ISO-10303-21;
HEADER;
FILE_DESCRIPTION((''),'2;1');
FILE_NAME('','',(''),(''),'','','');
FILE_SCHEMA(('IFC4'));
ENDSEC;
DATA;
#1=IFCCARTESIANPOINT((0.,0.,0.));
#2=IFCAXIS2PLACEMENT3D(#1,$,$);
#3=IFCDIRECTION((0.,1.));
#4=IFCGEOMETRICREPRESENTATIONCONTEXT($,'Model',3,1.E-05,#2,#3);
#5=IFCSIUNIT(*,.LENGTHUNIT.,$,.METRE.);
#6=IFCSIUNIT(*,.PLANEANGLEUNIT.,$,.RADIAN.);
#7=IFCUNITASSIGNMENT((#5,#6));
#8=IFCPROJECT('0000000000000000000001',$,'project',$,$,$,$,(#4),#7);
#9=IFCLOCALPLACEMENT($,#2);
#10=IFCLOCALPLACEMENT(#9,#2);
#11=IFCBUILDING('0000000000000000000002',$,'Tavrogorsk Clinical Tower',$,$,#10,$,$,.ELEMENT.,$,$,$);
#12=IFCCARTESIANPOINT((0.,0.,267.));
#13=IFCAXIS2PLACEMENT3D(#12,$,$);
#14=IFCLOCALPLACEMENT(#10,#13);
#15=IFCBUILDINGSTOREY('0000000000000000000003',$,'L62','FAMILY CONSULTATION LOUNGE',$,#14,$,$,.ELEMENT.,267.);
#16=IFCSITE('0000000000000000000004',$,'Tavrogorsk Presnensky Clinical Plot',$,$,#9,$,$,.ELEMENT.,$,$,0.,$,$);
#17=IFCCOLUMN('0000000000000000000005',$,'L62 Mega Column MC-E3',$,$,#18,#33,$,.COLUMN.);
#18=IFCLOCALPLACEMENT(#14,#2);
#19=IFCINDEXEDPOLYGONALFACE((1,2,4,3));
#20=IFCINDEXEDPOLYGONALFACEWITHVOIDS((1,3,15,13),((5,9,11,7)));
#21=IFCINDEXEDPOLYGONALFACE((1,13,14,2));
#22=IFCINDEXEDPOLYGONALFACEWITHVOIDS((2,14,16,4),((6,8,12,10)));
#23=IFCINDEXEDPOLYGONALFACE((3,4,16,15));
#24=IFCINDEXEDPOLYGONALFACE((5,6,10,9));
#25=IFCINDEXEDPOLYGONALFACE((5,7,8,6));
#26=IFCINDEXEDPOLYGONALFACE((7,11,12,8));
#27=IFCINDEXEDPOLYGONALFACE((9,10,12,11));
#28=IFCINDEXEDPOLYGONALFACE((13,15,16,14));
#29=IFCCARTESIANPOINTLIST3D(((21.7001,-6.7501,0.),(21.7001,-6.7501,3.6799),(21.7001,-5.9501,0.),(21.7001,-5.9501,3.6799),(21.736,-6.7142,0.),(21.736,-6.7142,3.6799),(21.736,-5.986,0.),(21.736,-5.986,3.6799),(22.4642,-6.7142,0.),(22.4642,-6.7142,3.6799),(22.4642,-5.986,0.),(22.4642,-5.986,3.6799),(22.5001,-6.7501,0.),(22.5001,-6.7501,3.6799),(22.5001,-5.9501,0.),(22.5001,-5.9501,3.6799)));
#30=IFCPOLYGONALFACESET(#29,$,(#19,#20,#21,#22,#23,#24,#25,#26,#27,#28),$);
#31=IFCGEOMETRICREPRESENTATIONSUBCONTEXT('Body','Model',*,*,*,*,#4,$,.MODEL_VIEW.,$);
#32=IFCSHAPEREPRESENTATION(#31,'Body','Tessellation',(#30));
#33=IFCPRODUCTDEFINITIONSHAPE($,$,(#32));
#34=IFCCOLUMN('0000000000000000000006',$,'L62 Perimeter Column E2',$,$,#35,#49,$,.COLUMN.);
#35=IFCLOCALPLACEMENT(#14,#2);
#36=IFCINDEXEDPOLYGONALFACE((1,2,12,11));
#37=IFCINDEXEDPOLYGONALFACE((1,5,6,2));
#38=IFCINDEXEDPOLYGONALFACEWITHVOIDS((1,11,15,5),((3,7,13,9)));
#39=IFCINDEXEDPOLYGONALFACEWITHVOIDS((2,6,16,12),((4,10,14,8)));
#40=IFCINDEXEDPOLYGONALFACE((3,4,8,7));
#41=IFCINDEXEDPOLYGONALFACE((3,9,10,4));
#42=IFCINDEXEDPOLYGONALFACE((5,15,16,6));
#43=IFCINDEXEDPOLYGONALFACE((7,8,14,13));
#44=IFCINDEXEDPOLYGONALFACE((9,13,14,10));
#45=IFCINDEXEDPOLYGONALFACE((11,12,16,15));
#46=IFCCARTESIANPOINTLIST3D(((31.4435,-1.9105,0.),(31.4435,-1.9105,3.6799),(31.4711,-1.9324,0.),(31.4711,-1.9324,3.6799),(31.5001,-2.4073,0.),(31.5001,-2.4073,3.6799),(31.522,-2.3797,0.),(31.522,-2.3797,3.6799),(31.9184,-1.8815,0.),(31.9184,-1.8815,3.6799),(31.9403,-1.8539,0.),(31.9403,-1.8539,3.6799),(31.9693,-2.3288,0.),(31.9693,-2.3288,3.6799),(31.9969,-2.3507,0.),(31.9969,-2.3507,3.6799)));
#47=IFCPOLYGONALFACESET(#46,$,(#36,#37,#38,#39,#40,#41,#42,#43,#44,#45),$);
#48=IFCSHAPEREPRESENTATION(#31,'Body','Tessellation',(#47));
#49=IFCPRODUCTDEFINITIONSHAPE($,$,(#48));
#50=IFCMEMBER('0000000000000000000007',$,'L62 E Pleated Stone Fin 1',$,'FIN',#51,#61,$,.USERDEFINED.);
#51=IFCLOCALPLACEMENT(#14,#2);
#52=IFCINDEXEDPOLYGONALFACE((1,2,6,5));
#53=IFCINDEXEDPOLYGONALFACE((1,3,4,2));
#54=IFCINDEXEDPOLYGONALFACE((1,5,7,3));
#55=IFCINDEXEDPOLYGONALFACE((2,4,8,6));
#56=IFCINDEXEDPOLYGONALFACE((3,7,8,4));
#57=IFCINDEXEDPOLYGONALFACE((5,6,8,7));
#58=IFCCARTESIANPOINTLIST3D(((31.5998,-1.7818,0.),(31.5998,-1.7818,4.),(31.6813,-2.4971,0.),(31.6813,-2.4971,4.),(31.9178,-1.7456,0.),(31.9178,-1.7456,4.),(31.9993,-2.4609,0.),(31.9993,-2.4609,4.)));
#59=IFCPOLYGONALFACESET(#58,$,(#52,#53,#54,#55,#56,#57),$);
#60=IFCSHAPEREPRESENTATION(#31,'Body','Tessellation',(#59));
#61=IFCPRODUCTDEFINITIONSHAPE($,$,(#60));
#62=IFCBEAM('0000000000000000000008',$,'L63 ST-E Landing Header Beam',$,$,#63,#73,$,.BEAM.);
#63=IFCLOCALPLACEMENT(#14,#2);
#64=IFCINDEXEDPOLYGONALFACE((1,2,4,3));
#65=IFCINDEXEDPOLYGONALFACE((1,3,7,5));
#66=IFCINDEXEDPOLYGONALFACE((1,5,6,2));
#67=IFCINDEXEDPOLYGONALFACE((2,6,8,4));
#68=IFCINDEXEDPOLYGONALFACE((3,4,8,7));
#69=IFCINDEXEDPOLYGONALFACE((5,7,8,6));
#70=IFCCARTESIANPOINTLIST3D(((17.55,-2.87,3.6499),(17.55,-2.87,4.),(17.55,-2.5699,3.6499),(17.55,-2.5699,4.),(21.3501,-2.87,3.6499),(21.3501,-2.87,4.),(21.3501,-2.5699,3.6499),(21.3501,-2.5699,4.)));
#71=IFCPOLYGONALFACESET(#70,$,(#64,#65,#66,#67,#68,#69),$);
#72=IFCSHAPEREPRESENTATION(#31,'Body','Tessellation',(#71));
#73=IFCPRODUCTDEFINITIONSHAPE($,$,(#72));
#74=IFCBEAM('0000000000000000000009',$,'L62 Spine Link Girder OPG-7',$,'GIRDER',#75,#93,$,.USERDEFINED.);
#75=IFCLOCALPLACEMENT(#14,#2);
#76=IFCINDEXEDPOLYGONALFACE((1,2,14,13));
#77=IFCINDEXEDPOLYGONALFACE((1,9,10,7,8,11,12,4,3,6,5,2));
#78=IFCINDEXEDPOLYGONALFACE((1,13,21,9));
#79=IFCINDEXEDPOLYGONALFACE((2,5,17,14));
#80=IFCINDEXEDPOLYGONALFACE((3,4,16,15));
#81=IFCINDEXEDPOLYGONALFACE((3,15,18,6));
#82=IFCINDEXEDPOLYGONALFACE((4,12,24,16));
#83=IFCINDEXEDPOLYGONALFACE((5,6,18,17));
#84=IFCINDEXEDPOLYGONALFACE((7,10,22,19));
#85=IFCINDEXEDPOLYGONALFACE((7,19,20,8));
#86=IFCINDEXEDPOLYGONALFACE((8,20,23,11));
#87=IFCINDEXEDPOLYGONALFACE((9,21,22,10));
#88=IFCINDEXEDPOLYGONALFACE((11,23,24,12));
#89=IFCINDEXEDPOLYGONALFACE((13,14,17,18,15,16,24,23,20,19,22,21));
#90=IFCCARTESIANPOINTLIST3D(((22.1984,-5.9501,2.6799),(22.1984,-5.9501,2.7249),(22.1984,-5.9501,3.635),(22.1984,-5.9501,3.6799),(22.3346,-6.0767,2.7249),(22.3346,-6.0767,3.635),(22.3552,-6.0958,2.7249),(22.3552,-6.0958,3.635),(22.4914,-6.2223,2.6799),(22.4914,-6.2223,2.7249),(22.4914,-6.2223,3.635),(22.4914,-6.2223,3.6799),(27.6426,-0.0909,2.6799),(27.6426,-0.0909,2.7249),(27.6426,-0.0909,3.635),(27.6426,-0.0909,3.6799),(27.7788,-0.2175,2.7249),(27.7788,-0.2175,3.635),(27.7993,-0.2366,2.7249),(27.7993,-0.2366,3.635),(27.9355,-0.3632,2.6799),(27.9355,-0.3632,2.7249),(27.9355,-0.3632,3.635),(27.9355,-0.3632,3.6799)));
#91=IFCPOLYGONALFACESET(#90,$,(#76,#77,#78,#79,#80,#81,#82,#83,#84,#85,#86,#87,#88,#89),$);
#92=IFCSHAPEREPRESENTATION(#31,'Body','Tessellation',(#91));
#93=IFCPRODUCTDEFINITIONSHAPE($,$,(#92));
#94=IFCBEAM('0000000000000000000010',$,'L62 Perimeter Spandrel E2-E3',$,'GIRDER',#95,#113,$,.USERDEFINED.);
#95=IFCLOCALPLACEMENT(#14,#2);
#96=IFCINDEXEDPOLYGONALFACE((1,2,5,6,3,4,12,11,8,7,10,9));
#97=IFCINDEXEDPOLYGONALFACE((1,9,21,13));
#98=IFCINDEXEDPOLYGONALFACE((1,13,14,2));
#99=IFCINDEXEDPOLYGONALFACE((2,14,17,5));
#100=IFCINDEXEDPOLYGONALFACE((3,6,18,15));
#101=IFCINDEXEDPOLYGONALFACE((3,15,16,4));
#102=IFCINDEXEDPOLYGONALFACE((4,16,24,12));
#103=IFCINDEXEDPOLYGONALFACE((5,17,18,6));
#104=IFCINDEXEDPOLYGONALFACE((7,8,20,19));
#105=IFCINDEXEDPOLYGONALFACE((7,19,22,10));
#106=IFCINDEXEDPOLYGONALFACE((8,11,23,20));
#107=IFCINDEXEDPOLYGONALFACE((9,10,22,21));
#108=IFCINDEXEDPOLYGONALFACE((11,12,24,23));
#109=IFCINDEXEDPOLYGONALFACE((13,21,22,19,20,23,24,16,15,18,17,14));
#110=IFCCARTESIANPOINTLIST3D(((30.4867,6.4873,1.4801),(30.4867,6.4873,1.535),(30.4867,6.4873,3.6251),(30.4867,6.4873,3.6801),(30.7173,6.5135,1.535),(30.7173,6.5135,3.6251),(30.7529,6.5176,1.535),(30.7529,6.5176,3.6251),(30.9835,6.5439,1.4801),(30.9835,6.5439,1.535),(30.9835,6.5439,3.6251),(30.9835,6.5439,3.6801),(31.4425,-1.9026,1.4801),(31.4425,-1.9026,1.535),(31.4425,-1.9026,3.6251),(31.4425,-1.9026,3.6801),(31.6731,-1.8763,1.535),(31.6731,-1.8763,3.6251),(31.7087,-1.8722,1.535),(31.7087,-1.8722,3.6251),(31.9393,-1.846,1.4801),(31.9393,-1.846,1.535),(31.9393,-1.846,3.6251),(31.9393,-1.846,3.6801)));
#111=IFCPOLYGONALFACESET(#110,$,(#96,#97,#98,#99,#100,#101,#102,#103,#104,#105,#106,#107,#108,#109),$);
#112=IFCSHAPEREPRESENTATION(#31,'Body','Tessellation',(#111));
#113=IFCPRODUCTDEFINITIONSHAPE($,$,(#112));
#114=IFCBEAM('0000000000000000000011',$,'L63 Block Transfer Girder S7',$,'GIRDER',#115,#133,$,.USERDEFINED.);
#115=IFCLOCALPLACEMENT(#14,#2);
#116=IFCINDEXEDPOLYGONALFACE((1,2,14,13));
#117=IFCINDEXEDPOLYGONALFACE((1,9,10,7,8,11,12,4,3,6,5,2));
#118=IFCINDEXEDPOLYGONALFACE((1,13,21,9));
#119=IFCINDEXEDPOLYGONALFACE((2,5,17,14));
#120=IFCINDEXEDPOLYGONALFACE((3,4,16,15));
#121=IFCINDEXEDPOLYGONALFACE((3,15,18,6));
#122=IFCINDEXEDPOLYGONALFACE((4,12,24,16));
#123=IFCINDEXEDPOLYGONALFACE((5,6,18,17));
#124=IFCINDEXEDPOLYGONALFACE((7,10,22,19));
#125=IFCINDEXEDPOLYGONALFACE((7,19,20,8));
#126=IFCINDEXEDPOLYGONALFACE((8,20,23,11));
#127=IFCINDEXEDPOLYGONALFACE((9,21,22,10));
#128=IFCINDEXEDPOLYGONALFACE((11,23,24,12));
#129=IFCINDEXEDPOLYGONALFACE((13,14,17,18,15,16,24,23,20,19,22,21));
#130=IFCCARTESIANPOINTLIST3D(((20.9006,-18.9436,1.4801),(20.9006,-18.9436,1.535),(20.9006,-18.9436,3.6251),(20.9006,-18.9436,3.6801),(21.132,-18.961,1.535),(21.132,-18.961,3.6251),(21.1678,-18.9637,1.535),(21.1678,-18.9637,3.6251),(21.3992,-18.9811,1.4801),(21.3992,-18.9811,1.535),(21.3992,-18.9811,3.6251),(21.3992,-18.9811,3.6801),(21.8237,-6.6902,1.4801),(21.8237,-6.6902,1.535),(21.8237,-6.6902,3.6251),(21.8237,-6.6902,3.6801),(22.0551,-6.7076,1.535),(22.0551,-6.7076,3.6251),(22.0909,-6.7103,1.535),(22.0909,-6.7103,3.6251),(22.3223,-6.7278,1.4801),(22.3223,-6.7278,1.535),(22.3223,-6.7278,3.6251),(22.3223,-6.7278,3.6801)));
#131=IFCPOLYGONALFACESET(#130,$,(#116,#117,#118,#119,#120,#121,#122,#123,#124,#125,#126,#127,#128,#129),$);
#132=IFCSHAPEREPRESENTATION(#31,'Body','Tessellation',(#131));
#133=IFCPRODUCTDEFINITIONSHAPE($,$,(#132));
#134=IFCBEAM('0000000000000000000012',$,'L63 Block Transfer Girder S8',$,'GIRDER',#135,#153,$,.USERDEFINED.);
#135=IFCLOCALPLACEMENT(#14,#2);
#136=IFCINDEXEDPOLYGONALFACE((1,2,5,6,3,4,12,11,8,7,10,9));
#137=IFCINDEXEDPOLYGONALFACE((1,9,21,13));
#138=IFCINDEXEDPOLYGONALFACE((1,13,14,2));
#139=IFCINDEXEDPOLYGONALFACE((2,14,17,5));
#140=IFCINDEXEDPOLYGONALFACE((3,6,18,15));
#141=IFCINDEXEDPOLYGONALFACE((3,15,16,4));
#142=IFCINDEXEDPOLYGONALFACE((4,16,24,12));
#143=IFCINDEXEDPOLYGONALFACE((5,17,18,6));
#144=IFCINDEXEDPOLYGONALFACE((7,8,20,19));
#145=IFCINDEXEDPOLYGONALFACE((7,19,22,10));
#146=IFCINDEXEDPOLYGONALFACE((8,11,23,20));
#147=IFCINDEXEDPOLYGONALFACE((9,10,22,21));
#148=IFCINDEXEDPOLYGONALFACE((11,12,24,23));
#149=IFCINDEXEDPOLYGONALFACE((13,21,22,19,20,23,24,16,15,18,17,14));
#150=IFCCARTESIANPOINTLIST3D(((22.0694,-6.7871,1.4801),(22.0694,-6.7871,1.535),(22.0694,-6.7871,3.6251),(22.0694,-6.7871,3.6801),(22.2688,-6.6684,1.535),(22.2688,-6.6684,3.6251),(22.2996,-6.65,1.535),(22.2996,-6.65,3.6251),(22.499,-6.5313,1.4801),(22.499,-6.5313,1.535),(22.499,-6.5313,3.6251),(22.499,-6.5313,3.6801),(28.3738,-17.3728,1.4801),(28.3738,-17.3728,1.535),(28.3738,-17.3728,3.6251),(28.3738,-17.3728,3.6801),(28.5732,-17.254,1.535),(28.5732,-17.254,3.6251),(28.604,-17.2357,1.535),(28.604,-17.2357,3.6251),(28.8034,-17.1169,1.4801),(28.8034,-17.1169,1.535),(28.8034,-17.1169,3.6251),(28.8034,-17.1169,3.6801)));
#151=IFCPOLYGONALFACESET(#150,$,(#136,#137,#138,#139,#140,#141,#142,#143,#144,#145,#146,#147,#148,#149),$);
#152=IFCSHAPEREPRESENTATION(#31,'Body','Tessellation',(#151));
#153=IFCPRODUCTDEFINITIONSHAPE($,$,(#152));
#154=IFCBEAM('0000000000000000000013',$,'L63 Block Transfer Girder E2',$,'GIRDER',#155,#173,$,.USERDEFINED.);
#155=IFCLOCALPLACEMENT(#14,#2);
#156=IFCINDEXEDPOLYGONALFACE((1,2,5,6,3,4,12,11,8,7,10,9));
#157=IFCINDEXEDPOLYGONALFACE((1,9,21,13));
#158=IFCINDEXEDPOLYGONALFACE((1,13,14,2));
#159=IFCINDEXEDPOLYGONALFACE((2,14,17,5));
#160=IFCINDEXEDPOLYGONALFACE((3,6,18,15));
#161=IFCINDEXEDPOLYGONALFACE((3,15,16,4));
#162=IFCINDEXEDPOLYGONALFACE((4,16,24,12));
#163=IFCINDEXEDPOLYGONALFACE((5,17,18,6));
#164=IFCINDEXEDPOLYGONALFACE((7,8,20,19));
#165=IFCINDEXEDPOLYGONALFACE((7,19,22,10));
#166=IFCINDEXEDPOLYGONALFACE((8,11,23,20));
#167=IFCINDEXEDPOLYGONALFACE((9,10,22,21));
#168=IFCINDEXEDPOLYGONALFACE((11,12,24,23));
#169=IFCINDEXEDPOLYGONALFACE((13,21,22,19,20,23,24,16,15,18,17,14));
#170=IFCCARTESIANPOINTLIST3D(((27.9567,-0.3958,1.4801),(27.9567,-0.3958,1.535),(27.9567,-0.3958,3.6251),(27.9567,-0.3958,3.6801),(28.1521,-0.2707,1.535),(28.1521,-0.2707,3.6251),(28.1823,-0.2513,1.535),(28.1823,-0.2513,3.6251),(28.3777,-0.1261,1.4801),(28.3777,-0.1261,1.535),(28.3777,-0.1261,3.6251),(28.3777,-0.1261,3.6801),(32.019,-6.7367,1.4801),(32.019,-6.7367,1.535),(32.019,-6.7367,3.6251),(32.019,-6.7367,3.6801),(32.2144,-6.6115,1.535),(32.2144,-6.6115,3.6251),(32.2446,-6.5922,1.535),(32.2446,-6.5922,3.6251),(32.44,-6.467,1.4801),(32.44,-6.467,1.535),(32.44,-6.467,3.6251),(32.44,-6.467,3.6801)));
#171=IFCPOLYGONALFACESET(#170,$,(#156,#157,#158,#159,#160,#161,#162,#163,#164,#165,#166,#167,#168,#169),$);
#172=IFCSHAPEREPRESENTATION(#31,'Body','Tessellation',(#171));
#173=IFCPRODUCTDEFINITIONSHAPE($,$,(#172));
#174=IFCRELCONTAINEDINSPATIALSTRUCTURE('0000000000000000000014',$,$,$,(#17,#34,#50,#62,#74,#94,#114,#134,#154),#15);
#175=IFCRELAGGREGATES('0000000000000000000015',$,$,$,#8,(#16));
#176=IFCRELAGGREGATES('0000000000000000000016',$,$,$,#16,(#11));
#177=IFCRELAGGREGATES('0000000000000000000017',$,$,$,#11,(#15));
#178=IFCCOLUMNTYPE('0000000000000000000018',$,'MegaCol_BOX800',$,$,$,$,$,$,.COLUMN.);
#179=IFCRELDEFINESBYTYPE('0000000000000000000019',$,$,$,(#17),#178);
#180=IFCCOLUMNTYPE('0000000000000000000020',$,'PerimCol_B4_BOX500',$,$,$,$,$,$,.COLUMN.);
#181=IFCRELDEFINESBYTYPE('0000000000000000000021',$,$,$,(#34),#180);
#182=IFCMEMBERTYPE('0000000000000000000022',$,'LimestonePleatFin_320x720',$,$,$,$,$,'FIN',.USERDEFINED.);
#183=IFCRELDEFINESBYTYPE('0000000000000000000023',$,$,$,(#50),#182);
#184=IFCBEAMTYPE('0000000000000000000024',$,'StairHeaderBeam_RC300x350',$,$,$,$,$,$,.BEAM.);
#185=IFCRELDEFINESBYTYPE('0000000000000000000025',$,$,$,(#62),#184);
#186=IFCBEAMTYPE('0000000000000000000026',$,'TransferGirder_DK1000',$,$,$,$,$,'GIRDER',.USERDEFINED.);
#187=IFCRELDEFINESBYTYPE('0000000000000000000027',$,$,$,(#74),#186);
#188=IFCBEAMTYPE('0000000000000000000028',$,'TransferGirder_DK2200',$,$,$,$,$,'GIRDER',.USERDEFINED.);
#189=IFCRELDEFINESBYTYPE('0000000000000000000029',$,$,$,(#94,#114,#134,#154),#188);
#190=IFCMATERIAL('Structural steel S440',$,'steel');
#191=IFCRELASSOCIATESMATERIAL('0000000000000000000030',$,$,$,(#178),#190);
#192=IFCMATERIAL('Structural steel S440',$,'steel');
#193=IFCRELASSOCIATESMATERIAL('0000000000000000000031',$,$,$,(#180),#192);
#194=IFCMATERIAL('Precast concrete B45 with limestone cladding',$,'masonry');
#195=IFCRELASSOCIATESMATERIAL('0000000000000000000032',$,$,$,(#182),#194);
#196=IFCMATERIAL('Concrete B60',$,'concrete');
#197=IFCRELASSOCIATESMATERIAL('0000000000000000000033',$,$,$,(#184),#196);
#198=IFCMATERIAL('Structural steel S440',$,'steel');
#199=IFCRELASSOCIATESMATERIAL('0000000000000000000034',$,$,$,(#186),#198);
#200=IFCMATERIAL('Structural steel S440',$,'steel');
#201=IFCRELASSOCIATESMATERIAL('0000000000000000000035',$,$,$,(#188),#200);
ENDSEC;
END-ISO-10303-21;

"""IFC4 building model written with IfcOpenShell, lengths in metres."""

from ifc_helpers import new_model, si_unit, direction, frame, origin, origin_2d, place, context, subcontext, project, spatial, rectangle, hollow_rectangle, i_section, extrude, material, material_profile, profile_set, type_object, element, save


model = new_model("IFC4")

# Units and contexts
model_context = context("Model", 3, precision=1e-05, world=origin(), true_north=direction((0.0, 1.0)))
body_context = subcontext(model_context, "Body", "Model", "MODEL_VIEW")
ifc_project = project(units=[si_unit("LENGTHUNIT", "METRE"), si_unit("PLANEANGLEUNIT", "RADIAN")], contexts=[model_context])

# Site, building, storey
site_placement = place(None, origin())
site = spatial("IfcSite", under=ifc_project, at=site_placement, Name="Tavrogorsk Presnensky Clinical Plot", CompositionType="ELEMENT", RefElevation=0.0)
building_placement = place(site_placement, origin())
building = spatial("IfcBuilding", under=site, at=building_placement, Name="Tavrogorsk Clinical Tower", CompositionType="ELEMENT")
storey_placement = place(building_placement, frame((0.0, 0.0, 267.0)))
storey = spatial("IfcBuildingStorey", under=building, at=storey_placement, Name="L62", Description="FAMILY CONSULTATION LOUNGE", CompositionType="ELEMENT", Elevation=267.0)

# Columns
ifc_material_1 = material(Name="Structural steel S440", Category="steel")
ifc_material_profile_1 = material_profile(ifc_material_1, hollow_rectangle(XDim=0.8, YDim=0.8, WallThickness=0.0359, at=origin_2d()), Name="BOX-800x800x36")
ifc_profile_set_1 = profile_set([ifc_material_profile_1], Name="Structural steel S440")
column_type_1 = type_object("IfcColumnType", Name="MegaCol_BOX800", PredefinedType="COLUMN", material=ifc_profile_set_1)
column_1_placement = place(storey_placement, frame((22.1001, -6.3501, 0.0), z_axis=(0.0, 0.0, 1.0), x_axis=(1.0, 0.0, 0.0)))
element("IfcColumn", 1, at=column_1_placement, inside=storey, type_object=column_type_1, Name="L62 Mega Column MC-E3", PredefinedType="COLUMN", context=body_context, shape_type="SweptSolid", body=[
    extrude(hollow_rectangle(XDim=0.8, YDim=0.8, WallThickness=0.0359, at=origin_2d()), origin(), (0.0, 0.0, 1.0), 3.6799),
])
ifc_material_2 = material(Name="Structural steel S440", Category="steel")
ifc_material_profile_2 = material_profile(ifc_material_2, hollow_rectangle(XDim=0.5, YDim=0.5, WallThickness=0.0249, at=origin_2d()), Name="BOX-500x500x25")
ifc_profile_set_2 = profile_set([ifc_material_profile_2], Name="Structural steel S440")
column_type_2 = type_object("IfcColumnType", Name="PerimCol_B4_BOX500", PredefinedType="COLUMN", material=ifc_profile_set_2)
column_2_placement = place(storey_placement, frame((31.7202, -2.1306, 0.0), z_axis=(0.0, 0.0, 1.0), x_axis=(0.993572, 0.113203, 0.0)))
element("IfcColumn", 2, at=column_2_placement, inside=storey, type_object=column_type_2, Name="L62 Perimeter Column E2", PredefinedType="COLUMN", context=body_context, shape_type="SweptSolid", body=[
    extrude(hollow_rectangle(XDim=0.5, YDim=0.5, WallThickness=0.0249, at=origin_2d()), origin(), (0.0, 0.0, 1.0), 3.6799),
])

# Member
ifc_material_3 = material(Name="Precast concrete B45 with limestone cladding", Category="masonry")
ifc_material_profile_3 = material_profile(ifc_material_3, rectangle(XDim=0.3201, YDim=0.72, at=origin_2d()), Name="LIMESTONE-FIN-320x720")
ifc_profile_set_3 = profile_set([ifc_material_profile_3], Name="Precast concrete B45 with limestone cladding")
member_type = type_object("IfcMemberType", Name="LimestonePleatFin_320x720", ElementType="FIN", PredefinedType="USERDEFINED", material=ifc_profile_set_3)
member_placement = place(storey_placement, frame((31.7996, -2.1213, 0.0), z_axis=(0.0, 0.0, 1.0), x_axis=(0.993572, 0.113203, 0.0)))
element("IfcMember", 3, at=member_placement, inside=storey, type_object=member_type, Name="L62 E Pleated Stone Fin 1", ObjectType="FIN", PredefinedType="USERDEFINED", context=body_context, shape_type="SweptSolid", body=[
    extrude(rectangle(XDim=0.3201, YDim=0.72, at=origin_2d()), origin(), (0.0, 0.0, 1.0), 4.0),
])

# Beams
ifc_material_4 = material(Name="Concrete B60", Category="concrete")
ifc_material_profile_4 = material_profile(ifc_material_4, rectangle(XDim=0.3, YDim=0.3501, at=origin_2d()), Name="RC-SHB-300x350")
ifc_profile_set_4 = profile_set([ifc_material_profile_4], Name="Concrete B60")
beam_type_1 = type_object("IfcBeamType", Name="StairHeaderBeam_RC300x350", PredefinedType="BEAM", material=ifc_profile_set_4)
beam_1_placement = place(storey_placement, frame((17.55, -2.72, 3.825), z_axis=(1.0, 0.0, 0.0), x_axis=(0.0, 1.0, 0.0)))
element("IfcBeam", 4, at=beam_1_placement, inside=storey, type_object=beam_type_1, Name="L63 ST-E Landing Header Beam", PredefinedType="BEAM", context=body_context, shape_type="SweptSolid", body=[
    extrude(rectangle(XDim=0.3, YDim=0.3501, at=origin_2d()), origin(), (0.0, 0.0, 1.0), 3.8),
])
ifc_material_5 = material(Name="Structural steel S440", Category="steel")
ifc_material_profile_5 = material_profile(ifc_material_5, i_section(OverallWidth=0.3999, OverallDepth=1.0, WebThickness=0.0281, FlangeThickness=0.0449, at=origin_2d()), Name="DK-1000x400x28x45")
ifc_profile_set_5 = profile_set([ifc_material_profile_5], Name="Structural steel S440")
beam_type_2 = type_object("IfcBeamType", Name="TransferGirder_DK1000", ElementType="GIRDER", PredefinedType="USERDEFINED", material=ifc_profile_set_5)
beam_2_placement = place(storey_placement, frame((27.7891, -0.2271, 3.1799), z_axis=(-0.680684, -0.732577, 0.0), x_axis=(0.732577, -0.680684, 0.0)))
element("IfcBeam", 5, at=beam_2_placement, inside=storey, type_object=beam_type_2, Name="L62 Spine Link Girder OPG-7", ObjectType="GIRDER", PredefinedType="USERDEFINED", context=body_context, shape_type="SweptSolid", body=[
    extrude(i_section(OverallWidth=0.3999, OverallDepth=1.0, WebThickness=0.0281, FlangeThickness=0.0449, at=origin_2d()), origin(), (0.0, 0.0, 1.0), 7.998),
])
ifc_material_6 = material(Name="Structural steel S440", Category="steel")
ifc_material_profile_6 = material_profile(ifc_material_6, i_section(OverallWidth=0.5, OverallDepth=2.2, WebThickness=0.0359, FlangeThickness=0.0549, at=origin_2d()), Name="DK-2200x500x36x55")
ifc_profile_set_6 = profile_set([ifc_material_profile_6], Name="Structural steel S440")
beam_type_3 = type_object("IfcBeamType", Name="TransferGirder_DK2200", ElementType="GIRDER", PredefinedType="USERDEFINED", material=ifc_profile_set_6)
beam_3_placement = place(storey_placement, frame((31.6909, -1.8743, 2.5801), z_axis=(-0.113192, 0.993573, 0.0), x_axis=(-0.993573, -0.113192, 0.0)))
element("IfcBeam", 6, at=beam_3_placement, inside=storey, type_object=beam_type_3, Name="L62 Perimeter Spandrel E2-E3", ObjectType="GIRDER", PredefinedType="USERDEFINED", context=body_context, shape_type="SweptSolid", body=[
    extrude(i_section(OverallWidth=0.5, OverallDepth=2.2, WebThickness=0.0359, FlangeThickness=0.0549, at=origin_2d()), origin(), (0.0, 0.0, 1.0), 8.4441),
])
beam_4_placement = place(storey_placement, frame((22.073, -6.709, 2.5801), z_axis=(-0.075121, -0.997174, 0.0), x_axis=(0.997174, -0.075121, 0.0)))
element("IfcBeam", 7, at=beam_4_placement, inside=storey, type_object=beam_type_3, Name="L63 Block Transfer Girder S7", ObjectType="GIRDER", PredefinedType="USERDEFINED", context=body_context, shape_type="SweptSolid", body=[
    extrude(i_section(OverallWidth=0.5, OverallDepth=2.2, WebThickness=0.0359, FlangeThickness=0.0549, at=origin_2d()), origin(), (0.0, 0.0, 1.0), 12.2881),
])
beam_5_placement = place(storey_placement, frame((22.2842, -6.6592, 2.5801), z_axis=(0.51169, -0.85917, 0.0), x_axis=(0.85917, 0.51169, 0.0)))
element("IfcBeam", 8, at=beam_5_placement, inside=storey, type_object=beam_type_3, Name="L63 Block Transfer Girder S8", ObjectType="GIRDER", PredefinedType="USERDEFINED", context=body_context, shape_type="SweptSolid", body=[
    extrude(i_section(OverallWidth=0.5, OverallDepth=2.2, WebThickness=0.0359, FlangeThickness=0.0549, at=origin_2d()), origin(), (0.0, 0.0, 1.0), 12.3208),
])
beam_6_placement = place(storey_placement, frame((28.1672, -0.261, 2.5801), z_axis=(0.539443, -0.842022, 0.0), x_axis=(0.842022, 0.539443, 0.0)))
element("IfcBeam", 9, at=beam_6_placement, inside=storey, type_object=beam_type_3, Name="L63 Block Transfer Girder E2", ObjectType="GIRDER", PredefinedType="USERDEFINED", context=body_context, shape_type="SweptSolid", body=[
    extrude(i_section(OverallWidth=0.5, OverallDepth=2.2, WebThickness=0.0359, FlangeThickness=0.0549, at=origin_2d()), origin(), (0.0, 0.0, 1.0), 7.5305),
])

save(model, "model.ifc")
